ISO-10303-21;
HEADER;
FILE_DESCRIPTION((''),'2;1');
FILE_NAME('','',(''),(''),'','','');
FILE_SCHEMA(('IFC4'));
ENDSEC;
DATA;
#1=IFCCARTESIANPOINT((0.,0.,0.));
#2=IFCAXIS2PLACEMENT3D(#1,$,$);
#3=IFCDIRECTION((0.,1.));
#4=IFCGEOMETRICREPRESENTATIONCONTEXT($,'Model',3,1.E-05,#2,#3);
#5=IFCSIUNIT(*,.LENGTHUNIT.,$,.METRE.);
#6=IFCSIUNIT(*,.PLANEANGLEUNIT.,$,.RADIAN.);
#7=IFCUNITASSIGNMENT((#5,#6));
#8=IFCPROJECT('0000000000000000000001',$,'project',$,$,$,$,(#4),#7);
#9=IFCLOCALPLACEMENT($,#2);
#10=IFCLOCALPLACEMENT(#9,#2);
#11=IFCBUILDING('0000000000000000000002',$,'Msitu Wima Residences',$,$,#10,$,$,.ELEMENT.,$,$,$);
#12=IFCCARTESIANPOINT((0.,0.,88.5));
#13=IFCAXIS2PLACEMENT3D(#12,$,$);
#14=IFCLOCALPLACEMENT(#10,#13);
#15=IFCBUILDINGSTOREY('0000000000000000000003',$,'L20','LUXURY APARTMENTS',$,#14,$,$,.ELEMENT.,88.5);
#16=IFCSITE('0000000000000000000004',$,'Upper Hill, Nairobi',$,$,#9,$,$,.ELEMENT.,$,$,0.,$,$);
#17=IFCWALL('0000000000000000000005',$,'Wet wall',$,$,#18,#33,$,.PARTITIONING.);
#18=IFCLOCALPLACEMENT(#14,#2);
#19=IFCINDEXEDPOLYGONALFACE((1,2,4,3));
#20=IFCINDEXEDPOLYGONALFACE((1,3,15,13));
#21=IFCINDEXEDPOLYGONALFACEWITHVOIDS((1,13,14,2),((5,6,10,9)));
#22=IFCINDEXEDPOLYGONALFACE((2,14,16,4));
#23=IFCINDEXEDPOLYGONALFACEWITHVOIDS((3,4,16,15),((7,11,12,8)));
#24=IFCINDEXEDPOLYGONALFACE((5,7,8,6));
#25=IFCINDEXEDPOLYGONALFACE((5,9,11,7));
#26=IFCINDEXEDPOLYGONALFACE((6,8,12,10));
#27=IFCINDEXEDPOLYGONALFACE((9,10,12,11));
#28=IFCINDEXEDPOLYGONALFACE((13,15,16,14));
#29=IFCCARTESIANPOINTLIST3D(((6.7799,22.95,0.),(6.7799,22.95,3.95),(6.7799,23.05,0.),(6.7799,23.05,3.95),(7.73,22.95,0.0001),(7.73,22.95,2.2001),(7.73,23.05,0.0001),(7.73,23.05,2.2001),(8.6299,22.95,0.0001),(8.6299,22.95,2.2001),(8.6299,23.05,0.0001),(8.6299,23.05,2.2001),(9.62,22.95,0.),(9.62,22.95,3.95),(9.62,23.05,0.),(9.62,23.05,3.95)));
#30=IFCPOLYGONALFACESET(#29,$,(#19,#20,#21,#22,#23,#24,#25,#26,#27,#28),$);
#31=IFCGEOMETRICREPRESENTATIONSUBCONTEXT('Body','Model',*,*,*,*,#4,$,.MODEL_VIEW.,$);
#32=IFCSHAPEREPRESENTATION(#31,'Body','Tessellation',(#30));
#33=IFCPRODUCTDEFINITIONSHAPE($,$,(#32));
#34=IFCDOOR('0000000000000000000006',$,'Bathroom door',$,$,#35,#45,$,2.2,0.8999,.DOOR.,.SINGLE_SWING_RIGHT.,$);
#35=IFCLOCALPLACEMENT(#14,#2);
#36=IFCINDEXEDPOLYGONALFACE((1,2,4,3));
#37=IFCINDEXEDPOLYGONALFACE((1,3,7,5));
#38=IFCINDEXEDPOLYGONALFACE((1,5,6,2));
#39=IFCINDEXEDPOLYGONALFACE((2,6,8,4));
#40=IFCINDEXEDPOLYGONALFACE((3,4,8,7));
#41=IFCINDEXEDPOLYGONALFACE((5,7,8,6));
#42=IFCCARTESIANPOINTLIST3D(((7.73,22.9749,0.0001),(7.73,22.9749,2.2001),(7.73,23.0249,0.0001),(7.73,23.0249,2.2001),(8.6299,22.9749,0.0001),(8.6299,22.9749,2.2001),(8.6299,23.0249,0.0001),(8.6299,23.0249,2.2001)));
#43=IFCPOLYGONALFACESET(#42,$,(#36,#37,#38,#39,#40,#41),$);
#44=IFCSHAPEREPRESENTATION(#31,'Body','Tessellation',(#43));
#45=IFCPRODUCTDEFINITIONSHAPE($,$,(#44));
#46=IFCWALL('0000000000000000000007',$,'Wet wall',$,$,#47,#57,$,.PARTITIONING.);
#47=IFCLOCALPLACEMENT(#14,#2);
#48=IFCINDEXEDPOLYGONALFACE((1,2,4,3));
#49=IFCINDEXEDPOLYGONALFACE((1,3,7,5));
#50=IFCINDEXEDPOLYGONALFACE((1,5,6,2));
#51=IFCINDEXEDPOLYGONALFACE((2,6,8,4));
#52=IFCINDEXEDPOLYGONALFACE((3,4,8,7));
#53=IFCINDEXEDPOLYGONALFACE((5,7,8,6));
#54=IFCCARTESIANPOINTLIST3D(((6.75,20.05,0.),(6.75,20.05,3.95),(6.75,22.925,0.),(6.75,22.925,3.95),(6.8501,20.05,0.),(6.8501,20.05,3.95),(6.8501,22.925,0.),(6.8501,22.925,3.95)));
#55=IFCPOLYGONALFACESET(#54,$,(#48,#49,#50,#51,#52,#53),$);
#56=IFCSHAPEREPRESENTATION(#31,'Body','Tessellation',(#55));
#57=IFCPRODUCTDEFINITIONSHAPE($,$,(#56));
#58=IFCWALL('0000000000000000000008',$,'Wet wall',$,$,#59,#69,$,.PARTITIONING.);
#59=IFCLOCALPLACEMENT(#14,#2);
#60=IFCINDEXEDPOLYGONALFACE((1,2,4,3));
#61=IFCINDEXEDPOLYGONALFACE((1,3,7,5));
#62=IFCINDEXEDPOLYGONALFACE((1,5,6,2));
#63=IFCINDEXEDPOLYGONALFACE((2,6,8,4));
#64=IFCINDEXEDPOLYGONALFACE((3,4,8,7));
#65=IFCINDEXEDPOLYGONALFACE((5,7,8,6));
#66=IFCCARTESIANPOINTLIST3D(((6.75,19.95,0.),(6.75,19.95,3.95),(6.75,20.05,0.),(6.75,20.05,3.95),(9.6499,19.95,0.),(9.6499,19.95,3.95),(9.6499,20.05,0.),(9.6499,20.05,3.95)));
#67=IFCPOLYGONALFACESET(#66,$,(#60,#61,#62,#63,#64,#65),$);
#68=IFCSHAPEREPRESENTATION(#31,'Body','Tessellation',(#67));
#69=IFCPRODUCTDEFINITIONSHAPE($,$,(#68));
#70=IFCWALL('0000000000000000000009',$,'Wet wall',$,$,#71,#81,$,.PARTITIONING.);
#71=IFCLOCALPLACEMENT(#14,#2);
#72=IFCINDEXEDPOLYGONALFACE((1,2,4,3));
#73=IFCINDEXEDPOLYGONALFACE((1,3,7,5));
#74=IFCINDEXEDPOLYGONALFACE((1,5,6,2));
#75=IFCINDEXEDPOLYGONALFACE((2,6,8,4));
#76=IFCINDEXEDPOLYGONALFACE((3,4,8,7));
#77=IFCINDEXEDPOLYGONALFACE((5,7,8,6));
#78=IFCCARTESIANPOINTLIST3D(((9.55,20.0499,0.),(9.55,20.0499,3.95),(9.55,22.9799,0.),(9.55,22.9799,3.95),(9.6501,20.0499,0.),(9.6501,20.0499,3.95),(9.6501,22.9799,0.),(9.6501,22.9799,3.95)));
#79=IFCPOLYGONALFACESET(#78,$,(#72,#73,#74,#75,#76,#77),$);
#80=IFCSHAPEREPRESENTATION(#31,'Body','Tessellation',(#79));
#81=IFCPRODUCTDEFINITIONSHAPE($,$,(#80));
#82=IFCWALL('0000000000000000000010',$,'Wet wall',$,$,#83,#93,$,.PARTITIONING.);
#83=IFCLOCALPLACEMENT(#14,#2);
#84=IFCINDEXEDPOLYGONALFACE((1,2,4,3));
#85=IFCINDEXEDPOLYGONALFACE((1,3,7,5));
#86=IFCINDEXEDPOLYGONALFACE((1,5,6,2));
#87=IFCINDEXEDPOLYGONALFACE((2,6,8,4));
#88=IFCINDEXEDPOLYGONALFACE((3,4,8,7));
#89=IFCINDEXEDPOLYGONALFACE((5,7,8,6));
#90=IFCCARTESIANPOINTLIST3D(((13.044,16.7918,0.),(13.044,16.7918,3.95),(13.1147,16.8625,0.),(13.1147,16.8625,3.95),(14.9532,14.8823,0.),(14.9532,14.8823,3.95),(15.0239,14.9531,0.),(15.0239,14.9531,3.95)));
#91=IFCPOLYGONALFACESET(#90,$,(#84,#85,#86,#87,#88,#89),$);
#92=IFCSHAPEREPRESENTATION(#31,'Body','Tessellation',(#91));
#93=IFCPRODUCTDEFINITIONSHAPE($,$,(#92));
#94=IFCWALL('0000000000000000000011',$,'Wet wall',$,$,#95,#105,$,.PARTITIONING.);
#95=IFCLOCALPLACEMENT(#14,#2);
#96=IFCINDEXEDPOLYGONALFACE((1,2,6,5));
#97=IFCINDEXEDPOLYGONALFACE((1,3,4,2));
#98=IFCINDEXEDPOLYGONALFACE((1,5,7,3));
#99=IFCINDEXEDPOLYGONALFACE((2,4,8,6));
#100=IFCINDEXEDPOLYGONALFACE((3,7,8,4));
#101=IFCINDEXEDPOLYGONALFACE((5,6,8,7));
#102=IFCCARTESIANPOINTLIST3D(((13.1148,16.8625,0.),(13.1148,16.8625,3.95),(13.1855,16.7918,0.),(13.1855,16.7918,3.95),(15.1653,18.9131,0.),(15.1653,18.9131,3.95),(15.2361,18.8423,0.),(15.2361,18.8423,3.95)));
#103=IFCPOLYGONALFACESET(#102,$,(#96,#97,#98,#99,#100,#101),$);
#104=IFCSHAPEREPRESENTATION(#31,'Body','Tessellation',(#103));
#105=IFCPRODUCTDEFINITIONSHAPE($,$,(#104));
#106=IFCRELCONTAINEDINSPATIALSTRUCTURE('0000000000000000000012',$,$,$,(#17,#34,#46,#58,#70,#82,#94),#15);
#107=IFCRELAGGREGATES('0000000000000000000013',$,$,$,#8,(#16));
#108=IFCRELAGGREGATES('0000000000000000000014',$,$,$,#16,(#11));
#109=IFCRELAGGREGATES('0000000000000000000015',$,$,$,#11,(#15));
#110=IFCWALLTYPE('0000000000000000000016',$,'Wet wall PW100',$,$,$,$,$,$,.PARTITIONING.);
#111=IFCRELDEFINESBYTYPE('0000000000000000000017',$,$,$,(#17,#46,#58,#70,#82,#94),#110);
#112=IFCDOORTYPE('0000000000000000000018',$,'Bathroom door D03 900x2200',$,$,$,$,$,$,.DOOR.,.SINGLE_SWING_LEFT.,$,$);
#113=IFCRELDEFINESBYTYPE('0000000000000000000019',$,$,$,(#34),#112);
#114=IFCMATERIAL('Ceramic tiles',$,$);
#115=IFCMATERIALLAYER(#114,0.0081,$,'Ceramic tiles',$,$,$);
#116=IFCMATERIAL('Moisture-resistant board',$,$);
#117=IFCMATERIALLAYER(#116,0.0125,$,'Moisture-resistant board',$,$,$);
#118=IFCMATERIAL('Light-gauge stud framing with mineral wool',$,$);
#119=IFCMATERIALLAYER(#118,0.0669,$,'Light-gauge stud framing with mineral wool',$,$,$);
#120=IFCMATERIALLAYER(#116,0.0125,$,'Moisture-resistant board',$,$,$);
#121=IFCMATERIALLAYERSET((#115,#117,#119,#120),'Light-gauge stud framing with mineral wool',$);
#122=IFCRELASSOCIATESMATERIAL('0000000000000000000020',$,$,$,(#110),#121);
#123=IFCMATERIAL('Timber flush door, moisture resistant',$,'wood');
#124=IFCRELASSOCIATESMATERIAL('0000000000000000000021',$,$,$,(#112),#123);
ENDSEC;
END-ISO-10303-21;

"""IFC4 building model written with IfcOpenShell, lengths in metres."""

from ifc_helpers import new_model, si_unit, direction, frame, frame_2d, origin, place, context, subcontext, project, spatial, rectangle, extrude, material, layer, layer_set, type_object, element, fill, save


model = new_model("IFC4")

# Units and contexts
model_context = context("Model", 3, precision=1e-05, world=origin(), true_north=direction((0.0, 1.0)))
body_context = subcontext(model_context, "Body", "Model", "MODEL_VIEW")
ifc_project = project(units=[si_unit("LENGTHUNIT", "METRE"), si_unit("PLANEANGLEUNIT", "RADIAN")], contexts=[model_context])

# Site, building, storey
site_placement = place(None, origin())
site = spatial("IfcSite", under=ifc_project, at=site_placement, Name="Upper Hill, Nairobi", CompositionType="ELEMENT", RefElevation=0.0)
building_placement = place(site_placement, origin())
building = spatial("IfcBuilding", under=site, at=building_placement, Name="Msitu Wima Residences", CompositionType="ELEMENT")
storey_placement = place(building_placement, frame((0.0, 0.0, 88.5)))
storey = spatial("IfcBuildingStorey", under=building, at=storey_placement, Name="L20", Description="LUXURY APARTMENTS", CompositionType="ELEMENT", Elevation=88.5)

# Wall, opening, door
ifc_material_1 = material(Name="Ceramic tiles")
ifc_layer_1 = layer(ifc_material_1, 0.0081, Name="Ceramic tiles")
ifc_material_2 = material(Name="Moisture-resistant board")
ifc_layer_2 = layer(ifc_material_2, 0.0125, Name="Moisture-resistant board")
ifc_material_3 = material(Name="Light-gauge stud framing with mineral wool")
ifc_layer_3 = layer(ifc_material_3, 0.0669, Name="Light-gauge stud framing with mineral wool")
ifc_layer_4 = layer(ifc_material_2, 0.0125, Name="Moisture-resistant board")
ifc_layer_set_1 = layer_set([ifc_layer_1, ifc_layer_2, ifc_layer_3, ifc_layer_4], Name="Light-gauge stud framing with mineral wool")
wall_type_1 = type_object("IfcWallType", Name="Wet wall PW100", PredefinedType="PARTITIONING", material=ifc_layer_set_1)
wall_1_placement = place(storey_placement, frame((6.78, 23.0, 0.0), z_axis=(0.0, 0.0, 1.0), x_axis=(1.0, 0.0, 0.0)))
wall_1 = element("IfcWall", 1, at=wall_1_placement, inside=storey, type_object=wall_type_1, Name="Wet wall", PredefinedType="PARTITIONING", context=body_context, shape_type="SweptSolid", body=[
    extrude(rectangle(XDim=2.8401, YDim=0.1001, at=frame_2d((1.4199, 0.0))), origin(), (0.0, 0.0, 1.0), 3.95),
])
opening_1_placement = place(wall_1_placement, frame((0.95, 0.0, 0.0)))
opening_1 = element("IfcOpeningElement", 2, at=opening_1_placement, cuts=wall_1, PredefinedType="OPENING", context=body_context, shape_type="SweptSolid", body=[
    extrude(rectangle(XDim=0.8999, YDim=2.2, at=frame_2d((0.45, 1.1001))), frame((0.0, 0.0601, 0.0), z_axis=(0.0, -1.0, 0.0), x_axis=(1.0, 0.0, 0.0)), (0.0, 0.0, 1.0), 0.1201),
])
ifc_material_4 = material(Name="Timber flush door, moisture resistant", Category="wood")
door_type_1 = type_object("IfcDoorType", Name="Bathroom door D03 900x2200", OperationType="SINGLE_SWING_LEFT", PredefinedType="DOOR", material=ifc_material_4)
door_1_placement = place(opening_1_placement, origin())
door_1 = element("IfcDoor", 3, at=door_1_placement, inside=storey, type_object=door_type_1, Name="Bathroom door", OperationType="SINGLE_SWING_RIGHT", OverallHeight=2.2, OverallWidth=0.8999, PredefinedType="DOOR", context=body_context, shape_type="SweptSolid", body=[
    extrude(rectangle(XDim=0.8999, YDim=2.2, at=frame_2d((0.45, 1.1001))), frame((0.0, 0.0249, 0.0), z_axis=(0.0, -1.0, 0.0), x_axis=(1.0, 0.0, 0.0)), (0.0, 0.0, 1.0), 0.05),
])
fill(opening_1, door_1)

# Walls
wall_2_placement = place(storey_placement, frame((6.8, 20.05, 0.0), z_axis=(0.0, 0.0, 1.0), x_axis=(0.0, 1.0, 0.0)))
element("IfcWall", 4, at=wall_2_placement, inside=storey, type_object=wall_type_1, Name="Wet wall", PredefinedType="PARTITIONING", context=body_context, shape_type="SweptSolid", body=[
    extrude(rectangle(XDim=2.875, YDim=0.1001, at=frame_2d((1.4375, 0.0))), origin(), (0.0, 0.0, 1.0), 3.95),
])
wall_3_placement = place(storey_placement, frame((6.75, 20.0, 0.0), z_axis=(0.0, 0.0, 1.0), x_axis=(1.0, 0.0, 0.0)))
element("IfcWall", 5, at=wall_3_placement, inside=storey, type_object=wall_type_1, Name="Wet wall", PredefinedType="PARTITIONING", context=body_context, shape_type="SweptSolid", body=[
    extrude(rectangle(XDim=2.8999, YDim=0.1001, at=frame_2d((1.45, 0.0))), origin(), (0.0, 0.0, 1.0), 3.95),
])
wall_4_placement = place(storey_placement, frame((9.6001, 20.05, 0.0), z_axis=(0.0, 0.0, 1.0), x_axis=(0.0, 1.0, 0.0)))
element("IfcWall", 6, at=wall_4_placement, inside=storey, type_object=wall_type_1, Name="Wet wall", PredefinedType="PARTITIONING", context=body_context, shape_type="SweptSolid", body=[
    extrude(rectangle(XDim=2.9299, YDim=0.1001, at=frame_2d((1.4648, 0.0))), origin(), (0.0, 0.0, 1.0), 3.95),
])
wall_5_placement = place(storey_placement, frame((13.0793, 16.8271, 0.0), z_axis=(0.0, 0.0, 1.0), x_axis=(0.707062, -0.707152, 0.0)))
element("IfcWall", 7, at=wall_5_placement, inside=storey, type_object=wall_type_1, Name="Wet wall", PredefinedType="PARTITIONING", context=body_context, shape_type="SweptSolid", body=[
    extrude(rectangle(XDim=2.7002, YDim=0.1001, at=frame_2d((1.3501, 0.0))), origin(), (0.0, 0.0, 1.0), 3.95),
])
wall_6_placement = place(storey_placement, frame((13.1501, 16.8271, 0.0), z_axis=(0.0, 0.0, 1.0), x_axis=(0.707107, 0.707107, 0.0)))
element("IfcWall", 8, at=wall_6_placement, inside=storey, type_object=wall_type_1, Name="Wet wall", PredefinedType="PARTITIONING", context=body_context, shape_type="SweptSolid", body=[
    extrude(rectangle(XDim=2.8999, YDim=0.1001, at=frame_2d((1.45, 0.0))), origin(), (0.0, 0.0, 1.0), 3.95),
])

save(model, "model.ifc")
